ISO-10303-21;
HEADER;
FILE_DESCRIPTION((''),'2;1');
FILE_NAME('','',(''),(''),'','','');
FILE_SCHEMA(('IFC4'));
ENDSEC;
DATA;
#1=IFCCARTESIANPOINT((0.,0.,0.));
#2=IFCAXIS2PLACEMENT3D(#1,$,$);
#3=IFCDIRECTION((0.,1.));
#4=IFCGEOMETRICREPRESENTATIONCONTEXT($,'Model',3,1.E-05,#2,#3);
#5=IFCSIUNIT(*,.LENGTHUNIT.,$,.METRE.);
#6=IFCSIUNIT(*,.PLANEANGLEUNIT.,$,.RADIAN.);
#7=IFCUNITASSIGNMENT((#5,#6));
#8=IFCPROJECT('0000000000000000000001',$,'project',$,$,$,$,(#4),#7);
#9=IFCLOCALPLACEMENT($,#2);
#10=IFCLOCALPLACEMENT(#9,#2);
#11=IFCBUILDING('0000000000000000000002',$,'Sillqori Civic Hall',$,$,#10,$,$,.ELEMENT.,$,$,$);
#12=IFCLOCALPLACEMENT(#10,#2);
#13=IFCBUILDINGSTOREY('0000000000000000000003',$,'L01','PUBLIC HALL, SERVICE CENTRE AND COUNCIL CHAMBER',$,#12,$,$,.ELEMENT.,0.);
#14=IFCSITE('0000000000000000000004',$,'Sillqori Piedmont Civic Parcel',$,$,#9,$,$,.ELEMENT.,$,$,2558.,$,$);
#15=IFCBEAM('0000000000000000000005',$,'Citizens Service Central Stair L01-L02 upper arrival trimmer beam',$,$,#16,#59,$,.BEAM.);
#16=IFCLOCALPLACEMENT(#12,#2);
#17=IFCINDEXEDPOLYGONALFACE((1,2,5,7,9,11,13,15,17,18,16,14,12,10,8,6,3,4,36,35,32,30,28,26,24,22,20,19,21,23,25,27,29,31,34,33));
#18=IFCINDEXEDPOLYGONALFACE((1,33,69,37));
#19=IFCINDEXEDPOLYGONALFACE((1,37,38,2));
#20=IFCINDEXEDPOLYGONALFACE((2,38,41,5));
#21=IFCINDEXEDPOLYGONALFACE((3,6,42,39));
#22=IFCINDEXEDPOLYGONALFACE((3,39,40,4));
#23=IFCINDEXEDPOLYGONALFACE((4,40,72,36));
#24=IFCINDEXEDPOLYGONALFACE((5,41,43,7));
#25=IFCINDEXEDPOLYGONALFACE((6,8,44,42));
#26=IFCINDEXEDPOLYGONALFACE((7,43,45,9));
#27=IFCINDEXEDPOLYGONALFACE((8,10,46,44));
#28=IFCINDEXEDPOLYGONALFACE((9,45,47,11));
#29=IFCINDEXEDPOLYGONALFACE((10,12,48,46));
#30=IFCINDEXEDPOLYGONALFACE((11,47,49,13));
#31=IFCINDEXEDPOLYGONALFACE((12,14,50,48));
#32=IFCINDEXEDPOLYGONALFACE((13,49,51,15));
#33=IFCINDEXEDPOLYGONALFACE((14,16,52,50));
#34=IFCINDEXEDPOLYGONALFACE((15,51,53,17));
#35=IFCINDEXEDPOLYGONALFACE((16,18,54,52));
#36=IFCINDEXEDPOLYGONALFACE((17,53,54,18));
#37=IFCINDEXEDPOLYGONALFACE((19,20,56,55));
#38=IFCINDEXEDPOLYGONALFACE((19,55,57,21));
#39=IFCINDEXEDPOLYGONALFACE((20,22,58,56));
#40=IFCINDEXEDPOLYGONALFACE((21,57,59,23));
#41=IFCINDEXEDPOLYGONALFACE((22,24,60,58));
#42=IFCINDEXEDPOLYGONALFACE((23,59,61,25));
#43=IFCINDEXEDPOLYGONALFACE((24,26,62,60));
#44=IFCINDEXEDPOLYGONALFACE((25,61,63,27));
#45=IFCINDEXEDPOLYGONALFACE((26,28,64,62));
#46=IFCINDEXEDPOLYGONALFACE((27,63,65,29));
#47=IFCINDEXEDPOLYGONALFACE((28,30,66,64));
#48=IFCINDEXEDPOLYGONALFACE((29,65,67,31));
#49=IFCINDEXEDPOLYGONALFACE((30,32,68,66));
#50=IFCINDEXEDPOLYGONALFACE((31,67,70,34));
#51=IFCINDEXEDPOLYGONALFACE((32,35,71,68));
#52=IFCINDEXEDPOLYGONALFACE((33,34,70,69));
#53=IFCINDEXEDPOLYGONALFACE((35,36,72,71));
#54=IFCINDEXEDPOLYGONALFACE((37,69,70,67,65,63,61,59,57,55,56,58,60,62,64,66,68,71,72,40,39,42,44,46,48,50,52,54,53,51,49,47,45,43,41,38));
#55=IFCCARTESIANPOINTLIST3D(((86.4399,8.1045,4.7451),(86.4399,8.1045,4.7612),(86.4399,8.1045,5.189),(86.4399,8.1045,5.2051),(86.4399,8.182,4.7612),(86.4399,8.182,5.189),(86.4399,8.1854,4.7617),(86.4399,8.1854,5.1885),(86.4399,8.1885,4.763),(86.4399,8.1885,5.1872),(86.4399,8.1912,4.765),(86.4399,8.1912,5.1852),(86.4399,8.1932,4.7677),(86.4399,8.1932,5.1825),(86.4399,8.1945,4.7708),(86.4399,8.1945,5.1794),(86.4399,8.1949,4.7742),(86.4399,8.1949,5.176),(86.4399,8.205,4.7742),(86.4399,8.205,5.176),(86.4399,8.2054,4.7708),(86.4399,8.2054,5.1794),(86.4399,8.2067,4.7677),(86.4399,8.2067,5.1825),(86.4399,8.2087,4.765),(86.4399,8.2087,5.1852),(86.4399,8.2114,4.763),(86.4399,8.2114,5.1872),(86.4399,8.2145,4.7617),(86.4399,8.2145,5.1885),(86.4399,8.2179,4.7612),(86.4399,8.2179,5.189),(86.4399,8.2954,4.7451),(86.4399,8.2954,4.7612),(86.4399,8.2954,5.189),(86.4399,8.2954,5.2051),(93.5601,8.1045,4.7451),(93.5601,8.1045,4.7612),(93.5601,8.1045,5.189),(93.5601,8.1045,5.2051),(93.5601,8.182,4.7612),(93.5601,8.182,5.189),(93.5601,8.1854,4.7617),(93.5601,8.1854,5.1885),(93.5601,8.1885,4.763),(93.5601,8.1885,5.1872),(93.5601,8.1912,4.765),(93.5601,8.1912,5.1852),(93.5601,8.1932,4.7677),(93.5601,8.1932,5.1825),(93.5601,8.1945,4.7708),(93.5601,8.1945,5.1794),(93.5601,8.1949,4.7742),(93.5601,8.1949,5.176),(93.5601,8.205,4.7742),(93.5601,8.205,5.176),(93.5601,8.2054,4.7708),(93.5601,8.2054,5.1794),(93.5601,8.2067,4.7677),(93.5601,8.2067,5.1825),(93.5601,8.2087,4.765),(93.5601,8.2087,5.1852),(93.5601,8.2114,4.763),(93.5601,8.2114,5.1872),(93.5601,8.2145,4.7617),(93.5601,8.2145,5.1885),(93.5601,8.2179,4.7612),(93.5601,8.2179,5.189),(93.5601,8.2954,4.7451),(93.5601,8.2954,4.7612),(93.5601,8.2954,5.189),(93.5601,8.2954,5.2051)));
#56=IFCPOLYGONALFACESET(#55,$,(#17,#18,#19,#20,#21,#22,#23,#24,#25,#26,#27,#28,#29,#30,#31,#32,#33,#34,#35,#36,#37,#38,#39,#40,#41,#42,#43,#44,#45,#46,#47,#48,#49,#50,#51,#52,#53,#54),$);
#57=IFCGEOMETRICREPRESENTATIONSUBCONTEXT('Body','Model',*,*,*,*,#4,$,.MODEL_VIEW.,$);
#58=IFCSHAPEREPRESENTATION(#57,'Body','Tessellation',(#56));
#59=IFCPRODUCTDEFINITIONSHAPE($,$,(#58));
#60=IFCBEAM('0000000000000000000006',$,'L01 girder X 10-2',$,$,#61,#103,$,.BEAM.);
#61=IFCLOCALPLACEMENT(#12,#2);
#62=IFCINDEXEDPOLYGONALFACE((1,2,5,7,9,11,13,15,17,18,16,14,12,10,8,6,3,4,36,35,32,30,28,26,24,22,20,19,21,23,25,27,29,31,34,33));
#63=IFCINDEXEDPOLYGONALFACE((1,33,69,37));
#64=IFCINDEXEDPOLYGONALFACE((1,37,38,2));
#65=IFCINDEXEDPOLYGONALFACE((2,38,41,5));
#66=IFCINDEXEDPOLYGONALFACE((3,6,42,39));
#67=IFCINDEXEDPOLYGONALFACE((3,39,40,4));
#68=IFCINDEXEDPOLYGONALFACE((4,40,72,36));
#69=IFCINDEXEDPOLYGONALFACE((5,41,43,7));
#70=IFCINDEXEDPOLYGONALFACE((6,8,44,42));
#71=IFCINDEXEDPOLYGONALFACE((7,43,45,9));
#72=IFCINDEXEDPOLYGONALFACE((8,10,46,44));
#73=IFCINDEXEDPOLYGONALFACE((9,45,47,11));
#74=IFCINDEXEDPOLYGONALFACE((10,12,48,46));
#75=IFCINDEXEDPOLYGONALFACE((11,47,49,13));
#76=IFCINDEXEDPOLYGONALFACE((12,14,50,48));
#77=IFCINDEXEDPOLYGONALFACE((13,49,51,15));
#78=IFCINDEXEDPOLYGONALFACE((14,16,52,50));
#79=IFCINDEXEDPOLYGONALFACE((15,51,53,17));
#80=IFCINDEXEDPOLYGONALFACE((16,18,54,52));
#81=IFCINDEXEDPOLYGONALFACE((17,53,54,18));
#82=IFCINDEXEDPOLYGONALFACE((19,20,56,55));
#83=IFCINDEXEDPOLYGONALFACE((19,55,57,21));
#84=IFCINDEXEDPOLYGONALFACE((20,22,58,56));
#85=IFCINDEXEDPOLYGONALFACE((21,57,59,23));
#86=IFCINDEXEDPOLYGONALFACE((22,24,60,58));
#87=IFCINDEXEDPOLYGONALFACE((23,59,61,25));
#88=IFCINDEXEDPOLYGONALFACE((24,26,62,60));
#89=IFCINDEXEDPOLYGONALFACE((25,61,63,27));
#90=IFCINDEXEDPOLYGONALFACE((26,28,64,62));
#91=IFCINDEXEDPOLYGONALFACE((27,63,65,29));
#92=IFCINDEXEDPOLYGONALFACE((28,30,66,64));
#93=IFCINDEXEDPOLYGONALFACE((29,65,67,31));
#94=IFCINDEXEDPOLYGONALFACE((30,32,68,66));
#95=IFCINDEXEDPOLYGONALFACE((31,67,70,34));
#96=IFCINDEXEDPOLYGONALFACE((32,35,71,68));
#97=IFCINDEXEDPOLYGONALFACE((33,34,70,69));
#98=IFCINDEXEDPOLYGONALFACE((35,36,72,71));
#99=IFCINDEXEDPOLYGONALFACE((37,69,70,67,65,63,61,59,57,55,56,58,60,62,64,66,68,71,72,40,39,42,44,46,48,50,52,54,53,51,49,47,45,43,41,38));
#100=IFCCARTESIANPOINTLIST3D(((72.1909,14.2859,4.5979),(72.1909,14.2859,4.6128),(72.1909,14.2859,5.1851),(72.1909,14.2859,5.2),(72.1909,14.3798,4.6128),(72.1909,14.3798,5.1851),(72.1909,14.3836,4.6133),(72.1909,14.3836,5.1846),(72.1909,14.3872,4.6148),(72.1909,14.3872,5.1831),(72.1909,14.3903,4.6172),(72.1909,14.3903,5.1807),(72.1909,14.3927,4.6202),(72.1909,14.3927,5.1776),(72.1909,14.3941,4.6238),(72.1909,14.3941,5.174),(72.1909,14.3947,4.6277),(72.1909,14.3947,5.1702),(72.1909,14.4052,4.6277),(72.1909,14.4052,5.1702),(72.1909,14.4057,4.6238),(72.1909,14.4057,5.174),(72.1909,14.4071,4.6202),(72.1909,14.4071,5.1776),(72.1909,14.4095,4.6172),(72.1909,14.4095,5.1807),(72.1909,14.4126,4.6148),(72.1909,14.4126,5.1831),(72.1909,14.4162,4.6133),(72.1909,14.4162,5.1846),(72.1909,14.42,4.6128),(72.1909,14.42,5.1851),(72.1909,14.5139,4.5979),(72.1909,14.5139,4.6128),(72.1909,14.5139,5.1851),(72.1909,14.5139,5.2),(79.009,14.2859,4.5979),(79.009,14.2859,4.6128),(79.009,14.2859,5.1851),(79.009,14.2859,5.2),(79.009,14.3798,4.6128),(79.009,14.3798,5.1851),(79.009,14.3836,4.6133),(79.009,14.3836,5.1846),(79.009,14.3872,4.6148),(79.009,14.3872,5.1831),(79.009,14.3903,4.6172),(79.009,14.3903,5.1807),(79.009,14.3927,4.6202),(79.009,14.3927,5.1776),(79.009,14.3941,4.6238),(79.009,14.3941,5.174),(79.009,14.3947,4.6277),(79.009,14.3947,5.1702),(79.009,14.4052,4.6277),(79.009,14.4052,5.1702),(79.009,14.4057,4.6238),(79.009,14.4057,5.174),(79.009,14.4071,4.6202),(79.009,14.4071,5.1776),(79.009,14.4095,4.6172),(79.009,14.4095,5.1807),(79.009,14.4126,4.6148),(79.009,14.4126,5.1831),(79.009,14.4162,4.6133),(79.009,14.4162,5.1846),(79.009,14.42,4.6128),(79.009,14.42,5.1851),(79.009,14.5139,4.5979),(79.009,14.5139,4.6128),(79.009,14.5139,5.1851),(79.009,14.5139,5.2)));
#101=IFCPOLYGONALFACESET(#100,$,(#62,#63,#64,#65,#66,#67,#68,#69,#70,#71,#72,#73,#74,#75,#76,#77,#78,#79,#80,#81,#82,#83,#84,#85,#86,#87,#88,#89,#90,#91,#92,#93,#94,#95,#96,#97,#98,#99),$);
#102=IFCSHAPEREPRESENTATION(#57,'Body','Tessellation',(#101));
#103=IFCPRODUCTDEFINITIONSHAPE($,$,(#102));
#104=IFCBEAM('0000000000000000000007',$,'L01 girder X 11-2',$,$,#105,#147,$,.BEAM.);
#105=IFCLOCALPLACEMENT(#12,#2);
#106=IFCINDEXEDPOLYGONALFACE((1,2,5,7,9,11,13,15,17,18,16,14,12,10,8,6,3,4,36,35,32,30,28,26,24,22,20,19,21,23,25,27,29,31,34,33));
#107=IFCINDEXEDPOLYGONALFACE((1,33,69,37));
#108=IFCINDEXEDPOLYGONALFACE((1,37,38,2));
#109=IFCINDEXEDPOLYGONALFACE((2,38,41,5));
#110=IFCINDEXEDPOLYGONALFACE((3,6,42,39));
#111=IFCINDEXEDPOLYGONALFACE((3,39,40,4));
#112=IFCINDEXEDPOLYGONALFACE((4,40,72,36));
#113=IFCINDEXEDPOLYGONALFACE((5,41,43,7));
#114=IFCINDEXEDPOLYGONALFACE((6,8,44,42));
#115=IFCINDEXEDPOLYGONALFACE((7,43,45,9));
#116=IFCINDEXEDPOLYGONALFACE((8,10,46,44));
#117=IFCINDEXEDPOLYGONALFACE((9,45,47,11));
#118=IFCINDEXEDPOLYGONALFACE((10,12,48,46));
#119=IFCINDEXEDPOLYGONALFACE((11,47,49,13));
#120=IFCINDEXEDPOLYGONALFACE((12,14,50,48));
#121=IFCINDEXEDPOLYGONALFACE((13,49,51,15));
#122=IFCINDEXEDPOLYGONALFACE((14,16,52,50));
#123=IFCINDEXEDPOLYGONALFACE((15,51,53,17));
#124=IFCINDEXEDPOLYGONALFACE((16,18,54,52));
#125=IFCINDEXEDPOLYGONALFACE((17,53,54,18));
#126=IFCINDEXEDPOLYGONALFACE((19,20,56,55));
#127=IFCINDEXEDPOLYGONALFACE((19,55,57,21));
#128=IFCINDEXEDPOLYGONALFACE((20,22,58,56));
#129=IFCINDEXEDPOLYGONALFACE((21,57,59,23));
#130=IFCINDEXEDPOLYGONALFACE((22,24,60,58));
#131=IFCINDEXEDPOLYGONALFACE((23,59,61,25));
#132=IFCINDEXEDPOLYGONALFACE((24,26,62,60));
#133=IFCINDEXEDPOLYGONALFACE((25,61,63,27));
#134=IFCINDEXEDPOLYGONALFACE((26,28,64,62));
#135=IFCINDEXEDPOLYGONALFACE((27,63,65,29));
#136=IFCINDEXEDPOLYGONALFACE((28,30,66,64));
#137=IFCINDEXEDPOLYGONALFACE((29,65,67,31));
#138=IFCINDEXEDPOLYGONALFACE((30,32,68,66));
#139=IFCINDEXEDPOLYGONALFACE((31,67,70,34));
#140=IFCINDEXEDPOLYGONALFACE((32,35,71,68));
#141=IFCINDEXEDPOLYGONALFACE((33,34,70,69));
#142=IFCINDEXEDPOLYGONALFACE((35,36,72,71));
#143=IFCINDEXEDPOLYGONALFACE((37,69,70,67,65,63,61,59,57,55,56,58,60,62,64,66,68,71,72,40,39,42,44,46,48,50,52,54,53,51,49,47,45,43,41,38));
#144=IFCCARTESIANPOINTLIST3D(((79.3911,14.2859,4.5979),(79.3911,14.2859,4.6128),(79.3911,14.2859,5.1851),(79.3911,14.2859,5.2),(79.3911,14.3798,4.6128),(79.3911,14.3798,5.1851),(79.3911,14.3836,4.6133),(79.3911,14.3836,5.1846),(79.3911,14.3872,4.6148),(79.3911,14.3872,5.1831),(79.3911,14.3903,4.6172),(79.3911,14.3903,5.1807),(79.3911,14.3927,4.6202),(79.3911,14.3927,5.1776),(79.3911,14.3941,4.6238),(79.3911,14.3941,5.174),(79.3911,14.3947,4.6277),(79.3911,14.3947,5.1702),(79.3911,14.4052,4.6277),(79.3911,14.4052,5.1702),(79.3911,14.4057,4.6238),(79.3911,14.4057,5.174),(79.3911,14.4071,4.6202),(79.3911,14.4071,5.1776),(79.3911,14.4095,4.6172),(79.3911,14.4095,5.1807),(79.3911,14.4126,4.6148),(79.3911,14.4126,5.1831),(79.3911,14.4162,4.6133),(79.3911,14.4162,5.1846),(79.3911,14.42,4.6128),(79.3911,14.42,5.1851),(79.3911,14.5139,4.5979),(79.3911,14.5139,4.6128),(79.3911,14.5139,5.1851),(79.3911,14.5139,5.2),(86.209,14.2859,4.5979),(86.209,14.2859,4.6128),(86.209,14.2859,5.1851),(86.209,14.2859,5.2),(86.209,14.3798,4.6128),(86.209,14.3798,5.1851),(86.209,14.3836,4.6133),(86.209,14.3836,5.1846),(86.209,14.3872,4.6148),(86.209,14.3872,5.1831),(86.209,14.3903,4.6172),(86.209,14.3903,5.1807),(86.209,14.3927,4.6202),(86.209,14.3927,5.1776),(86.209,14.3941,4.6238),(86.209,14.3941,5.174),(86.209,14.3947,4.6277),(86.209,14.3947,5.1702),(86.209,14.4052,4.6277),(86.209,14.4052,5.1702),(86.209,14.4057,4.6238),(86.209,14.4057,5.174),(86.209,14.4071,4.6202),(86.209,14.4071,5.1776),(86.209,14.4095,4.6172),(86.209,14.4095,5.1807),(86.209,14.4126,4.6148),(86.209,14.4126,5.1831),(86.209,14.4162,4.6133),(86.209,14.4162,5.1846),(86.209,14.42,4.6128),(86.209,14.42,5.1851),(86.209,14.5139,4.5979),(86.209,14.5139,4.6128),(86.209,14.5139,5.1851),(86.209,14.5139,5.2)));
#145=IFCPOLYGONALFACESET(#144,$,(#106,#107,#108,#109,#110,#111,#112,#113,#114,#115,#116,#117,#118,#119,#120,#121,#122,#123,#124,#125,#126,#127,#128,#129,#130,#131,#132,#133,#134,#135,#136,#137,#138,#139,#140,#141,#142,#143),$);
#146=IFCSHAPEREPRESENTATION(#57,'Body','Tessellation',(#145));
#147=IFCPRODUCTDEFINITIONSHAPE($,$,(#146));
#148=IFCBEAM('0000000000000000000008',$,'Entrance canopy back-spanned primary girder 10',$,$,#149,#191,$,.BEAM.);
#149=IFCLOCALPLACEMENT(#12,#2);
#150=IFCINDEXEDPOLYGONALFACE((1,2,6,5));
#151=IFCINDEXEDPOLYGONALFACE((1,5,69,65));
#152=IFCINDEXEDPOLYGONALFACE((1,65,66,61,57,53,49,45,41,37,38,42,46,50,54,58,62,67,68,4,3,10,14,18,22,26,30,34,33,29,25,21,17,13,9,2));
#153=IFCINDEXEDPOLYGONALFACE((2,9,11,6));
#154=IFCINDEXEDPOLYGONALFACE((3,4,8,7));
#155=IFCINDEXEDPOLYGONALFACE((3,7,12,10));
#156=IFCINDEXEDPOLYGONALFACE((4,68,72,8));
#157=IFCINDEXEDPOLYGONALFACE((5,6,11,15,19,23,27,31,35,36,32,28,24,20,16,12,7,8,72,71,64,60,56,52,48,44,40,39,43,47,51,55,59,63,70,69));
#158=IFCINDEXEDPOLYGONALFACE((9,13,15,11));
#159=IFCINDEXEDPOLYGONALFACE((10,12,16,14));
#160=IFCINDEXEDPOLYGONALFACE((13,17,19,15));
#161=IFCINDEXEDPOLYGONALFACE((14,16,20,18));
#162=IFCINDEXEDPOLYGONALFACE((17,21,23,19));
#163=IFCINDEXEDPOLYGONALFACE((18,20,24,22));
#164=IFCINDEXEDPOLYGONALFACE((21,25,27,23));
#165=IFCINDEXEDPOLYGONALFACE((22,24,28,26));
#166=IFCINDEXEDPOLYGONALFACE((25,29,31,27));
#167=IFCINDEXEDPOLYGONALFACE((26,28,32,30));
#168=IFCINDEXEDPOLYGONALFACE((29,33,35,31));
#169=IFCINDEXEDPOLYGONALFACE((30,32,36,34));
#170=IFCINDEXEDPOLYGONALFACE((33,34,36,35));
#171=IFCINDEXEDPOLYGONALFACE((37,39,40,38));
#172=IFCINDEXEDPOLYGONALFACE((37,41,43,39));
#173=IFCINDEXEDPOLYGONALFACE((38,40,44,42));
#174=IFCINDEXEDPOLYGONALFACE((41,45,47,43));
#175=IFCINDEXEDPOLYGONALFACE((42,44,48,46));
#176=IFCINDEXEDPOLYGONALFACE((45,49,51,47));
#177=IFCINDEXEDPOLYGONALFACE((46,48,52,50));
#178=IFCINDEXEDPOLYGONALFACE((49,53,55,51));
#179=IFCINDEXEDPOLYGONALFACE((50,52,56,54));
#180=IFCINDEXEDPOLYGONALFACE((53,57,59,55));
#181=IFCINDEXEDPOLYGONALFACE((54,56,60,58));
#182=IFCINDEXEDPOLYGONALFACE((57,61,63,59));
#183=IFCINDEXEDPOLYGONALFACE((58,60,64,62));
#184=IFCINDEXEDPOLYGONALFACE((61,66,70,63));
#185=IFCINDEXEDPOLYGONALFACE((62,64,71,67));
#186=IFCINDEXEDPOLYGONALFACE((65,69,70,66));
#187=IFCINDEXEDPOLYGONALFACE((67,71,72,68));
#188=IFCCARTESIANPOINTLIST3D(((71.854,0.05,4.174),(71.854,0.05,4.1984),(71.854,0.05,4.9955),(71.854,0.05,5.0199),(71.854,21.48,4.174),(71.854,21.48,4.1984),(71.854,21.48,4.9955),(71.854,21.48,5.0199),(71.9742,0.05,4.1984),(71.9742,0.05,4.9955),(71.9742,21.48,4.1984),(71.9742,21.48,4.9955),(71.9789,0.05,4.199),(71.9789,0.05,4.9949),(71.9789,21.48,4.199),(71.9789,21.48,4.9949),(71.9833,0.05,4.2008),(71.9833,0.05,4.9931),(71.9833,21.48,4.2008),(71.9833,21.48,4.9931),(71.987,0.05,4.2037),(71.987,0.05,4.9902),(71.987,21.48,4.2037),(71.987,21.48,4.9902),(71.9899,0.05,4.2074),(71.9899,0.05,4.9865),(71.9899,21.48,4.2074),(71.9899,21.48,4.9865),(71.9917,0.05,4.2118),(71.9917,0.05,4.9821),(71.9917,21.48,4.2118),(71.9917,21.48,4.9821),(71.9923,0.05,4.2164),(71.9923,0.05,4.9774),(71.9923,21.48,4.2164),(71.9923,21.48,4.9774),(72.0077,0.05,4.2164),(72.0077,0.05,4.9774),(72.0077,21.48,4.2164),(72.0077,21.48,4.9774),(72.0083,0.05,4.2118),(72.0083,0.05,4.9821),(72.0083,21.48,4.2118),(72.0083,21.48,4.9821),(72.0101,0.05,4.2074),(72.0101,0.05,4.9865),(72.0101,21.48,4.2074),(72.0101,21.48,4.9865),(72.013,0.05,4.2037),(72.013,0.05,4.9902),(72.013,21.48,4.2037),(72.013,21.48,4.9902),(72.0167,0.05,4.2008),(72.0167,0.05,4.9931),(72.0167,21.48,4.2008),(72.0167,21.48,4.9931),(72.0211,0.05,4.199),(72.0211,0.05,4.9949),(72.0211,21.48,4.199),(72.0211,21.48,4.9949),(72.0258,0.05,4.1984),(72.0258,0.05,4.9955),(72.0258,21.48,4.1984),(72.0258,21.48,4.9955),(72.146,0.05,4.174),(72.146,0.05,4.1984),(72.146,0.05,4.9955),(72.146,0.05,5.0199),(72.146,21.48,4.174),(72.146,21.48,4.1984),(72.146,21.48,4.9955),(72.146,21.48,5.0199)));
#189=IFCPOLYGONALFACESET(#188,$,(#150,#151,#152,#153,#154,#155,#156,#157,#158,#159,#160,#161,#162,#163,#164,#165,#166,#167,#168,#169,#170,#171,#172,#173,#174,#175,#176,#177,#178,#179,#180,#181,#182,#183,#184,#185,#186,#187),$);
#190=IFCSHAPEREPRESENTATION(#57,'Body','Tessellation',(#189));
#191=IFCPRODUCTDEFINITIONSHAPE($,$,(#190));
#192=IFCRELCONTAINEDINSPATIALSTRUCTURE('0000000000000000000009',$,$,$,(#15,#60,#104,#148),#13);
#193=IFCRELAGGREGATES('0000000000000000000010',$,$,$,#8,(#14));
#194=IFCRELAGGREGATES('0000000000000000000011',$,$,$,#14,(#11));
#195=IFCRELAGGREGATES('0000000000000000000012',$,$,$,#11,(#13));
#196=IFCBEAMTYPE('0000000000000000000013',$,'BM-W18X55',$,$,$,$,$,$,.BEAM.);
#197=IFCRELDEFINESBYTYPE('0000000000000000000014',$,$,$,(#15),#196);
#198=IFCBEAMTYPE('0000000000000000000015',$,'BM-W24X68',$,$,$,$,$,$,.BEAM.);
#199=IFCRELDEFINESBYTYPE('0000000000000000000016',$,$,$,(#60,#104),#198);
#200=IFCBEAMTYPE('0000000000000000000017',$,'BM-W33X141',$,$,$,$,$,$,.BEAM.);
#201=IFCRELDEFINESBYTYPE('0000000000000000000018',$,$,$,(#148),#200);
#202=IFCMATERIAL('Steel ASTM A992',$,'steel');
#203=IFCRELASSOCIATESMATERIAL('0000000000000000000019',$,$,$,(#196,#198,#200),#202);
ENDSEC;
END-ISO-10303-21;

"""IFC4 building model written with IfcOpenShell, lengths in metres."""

from ifc_helpers import new_model, si_unit, direction, frame, origin, origin_2d, place, context, subcontext, project, spatial, i_section, extrude, material, material_profile, profile_set, type_object, element, save


model = new_model("IFC4")

# Units and contexts
model_context = context("Model", 3, precision=1e-05, world=origin(), true_north=direction((0.0, 1.0)))
body_context = subcontext(model_context, "Body", "Model", "MODEL_VIEW")
ifc_project = project(units=[si_unit("LENGTHUNIT", "METRE"), si_unit("PLANEANGLEUNIT", "RADIAN")], contexts=[model_context])

# Site, building, storey
site_placement = place(None, origin())
site = spatial("IfcSite", under=ifc_project, at=site_placement, Name="Sillqori Piedmont Civic Parcel", CompositionType="ELEMENT", RefElevation=2558.0)
building_placement = place(site_placement, origin())
building = spatial("IfcBuilding", under=site, at=building_placement, Name="Sillqori Civic Hall", CompositionType="ELEMENT")
storey_placement = place(building_placement, origin())
storey = spatial("IfcBuildingStorey", under=building, at=storey_placement, Name="L01", Description="PUBLIC HALL, SERVICE CENTRE AND COUNCIL CHAMBER", CompositionType="ELEMENT", Elevation=0.0)

# Shared definitions
ifc_material_1 = material(Name="Steel ASTM A992", Category="steel")

# Beams
ifc_material_profile_1 = material_profile(ifc_material_1, i_section(OverallWidth=0.1909, OverallDepth=0.46, WebThickness=0.01, FlangeThickness=0.0161, FilletRadius=0.0129, at=origin_2d()), Name="W18X55")
ifc_profile_set_1 = profile_set([ifc_material_profile_1], Name="Steel ASTM A992")
beam_type_1 = type_object("IfcBeamType", Name="BM-W18X55", PredefinedType="BEAM", material=ifc_profile_set_1)
for number, where, z_axis, x_axis, name in (
    (1, (86.4399, 8.2, 4.9751), (1.0, 0.0, 0.0), (0.0, 1.0, 0.0), "Citizens Service Central Stair L01-L02 upper arrival trimmer beam"),
):
    element("IfcBeam", number, at=place(storey_placement, frame(where, z_axis=z_axis, x_axis=x_axis)), inside=storey, type_object=beam_type_1, Name=name, PredefinedType="BEAM", context=body_context, shape_type="SweptSolid", body=[
        extrude(i_section(OverallWidth=0.1909, OverallDepth=0.46, WebThickness=0.01, FlangeThickness=0.0161, FilletRadius=0.0129, at=origin_2d()), origin(), (0.0, 0.0, 1.0), 7.1201),
    ])
ifc_material_profile_2 = material_profile(ifc_material_1, i_section(OverallWidth=0.228, OverallDepth=0.6021, WebThickness=0.0105, FlangeThickness=0.0149, FilletRadius=0.0149, at=origin_2d()), Name="W24X68")
ifc_profile_set_2 = profile_set([ifc_material_profile_2], Name="Steel ASTM A992")
beam_type_2 = type_object("IfcBeamType", Name="BM-W24X68", PredefinedType="BEAM", material=ifc_profile_set_2)
beam_1_placement = place(storey_placement, frame((72.1909, 14.3999, 4.8989), z_axis=(1.0, 0.0, 0.0), x_axis=(0.0, 1.0, 0.0)))
element("IfcBeam", 2, at=beam_1_placement, inside=storey, type_object=beam_type_2, Name="L01 girder X 10-2", PredefinedType="BEAM", context=body_context, shape_type="SweptSolid", body=[
    extrude(i_section(OverallWidth=0.228, OverallDepth=0.6021, WebThickness=0.0105, FlangeThickness=0.0149, FilletRadius=0.0149, at=origin_2d()), origin(), (0.0, 0.0, 1.0), 6.8181),
])
beam_2_placement = place(storey_placement, frame((79.3911, 14.3999, 4.8989), z_axis=(1.0, 0.0, 0.0), x_axis=(0.0, 1.0, 0.0)))
element("IfcBeam", 3, at=beam_2_placement, inside=storey, type_object=beam_type_2, Name="L01 girder X 11-2", PredefinedType="BEAM", context=body_context, shape_type="SweptSolid", body=[
    extrude(i_section(OverallWidth=0.228, OverallDepth=0.6021, WebThickness=0.0105, FlangeThickness=0.0149, FilletRadius=0.0149, at=origin_2d()), origin(), (0.0, 0.0, 1.0), 6.8179),
])
ifc_material_profile_3 = material_profile(ifc_material_1, i_section(OverallWidth=0.292, OverallDepth=0.8459, WebThickness=0.0154, FlangeThickness=0.0244, FilletRadius=0.0181, at=origin_2d()), Name="W33X141")
ifc_profile_set_3 = profile_set([ifc_material_profile_3], Name="Steel ASTM A992")
beam_type_3 = type_object("IfcBeamType", Name="BM-W33X141", PredefinedType="BEAM", material=ifc_profile_set_3)
for number, where, z_axis, x_axis, name in (
    (4, (72.0, 21.48, 4.5969), (0.0, -1.0, 0.0), (1.0, 0.0, 0.0), "Entrance canopy back-spanned primary girder 10"),
):
    element("IfcBeam", number, at=place(storey_placement, frame(where, z_axis=z_axis, x_axis=x_axis)), inside=storey, type_object=beam_type_3, Name=name, PredefinedType="BEAM", context=body_context, shape_type="SweptSolid", body=[
        extrude(i_section(OverallWidth=0.292, OverallDepth=0.8459, WebThickness=0.0154, FlangeThickness=0.0244, FilletRadius=0.0181, at=origin_2d()), origin(), (0.0, 0.0, 1.0), 21.4299),
    ])

save(model, "model.ifc")
